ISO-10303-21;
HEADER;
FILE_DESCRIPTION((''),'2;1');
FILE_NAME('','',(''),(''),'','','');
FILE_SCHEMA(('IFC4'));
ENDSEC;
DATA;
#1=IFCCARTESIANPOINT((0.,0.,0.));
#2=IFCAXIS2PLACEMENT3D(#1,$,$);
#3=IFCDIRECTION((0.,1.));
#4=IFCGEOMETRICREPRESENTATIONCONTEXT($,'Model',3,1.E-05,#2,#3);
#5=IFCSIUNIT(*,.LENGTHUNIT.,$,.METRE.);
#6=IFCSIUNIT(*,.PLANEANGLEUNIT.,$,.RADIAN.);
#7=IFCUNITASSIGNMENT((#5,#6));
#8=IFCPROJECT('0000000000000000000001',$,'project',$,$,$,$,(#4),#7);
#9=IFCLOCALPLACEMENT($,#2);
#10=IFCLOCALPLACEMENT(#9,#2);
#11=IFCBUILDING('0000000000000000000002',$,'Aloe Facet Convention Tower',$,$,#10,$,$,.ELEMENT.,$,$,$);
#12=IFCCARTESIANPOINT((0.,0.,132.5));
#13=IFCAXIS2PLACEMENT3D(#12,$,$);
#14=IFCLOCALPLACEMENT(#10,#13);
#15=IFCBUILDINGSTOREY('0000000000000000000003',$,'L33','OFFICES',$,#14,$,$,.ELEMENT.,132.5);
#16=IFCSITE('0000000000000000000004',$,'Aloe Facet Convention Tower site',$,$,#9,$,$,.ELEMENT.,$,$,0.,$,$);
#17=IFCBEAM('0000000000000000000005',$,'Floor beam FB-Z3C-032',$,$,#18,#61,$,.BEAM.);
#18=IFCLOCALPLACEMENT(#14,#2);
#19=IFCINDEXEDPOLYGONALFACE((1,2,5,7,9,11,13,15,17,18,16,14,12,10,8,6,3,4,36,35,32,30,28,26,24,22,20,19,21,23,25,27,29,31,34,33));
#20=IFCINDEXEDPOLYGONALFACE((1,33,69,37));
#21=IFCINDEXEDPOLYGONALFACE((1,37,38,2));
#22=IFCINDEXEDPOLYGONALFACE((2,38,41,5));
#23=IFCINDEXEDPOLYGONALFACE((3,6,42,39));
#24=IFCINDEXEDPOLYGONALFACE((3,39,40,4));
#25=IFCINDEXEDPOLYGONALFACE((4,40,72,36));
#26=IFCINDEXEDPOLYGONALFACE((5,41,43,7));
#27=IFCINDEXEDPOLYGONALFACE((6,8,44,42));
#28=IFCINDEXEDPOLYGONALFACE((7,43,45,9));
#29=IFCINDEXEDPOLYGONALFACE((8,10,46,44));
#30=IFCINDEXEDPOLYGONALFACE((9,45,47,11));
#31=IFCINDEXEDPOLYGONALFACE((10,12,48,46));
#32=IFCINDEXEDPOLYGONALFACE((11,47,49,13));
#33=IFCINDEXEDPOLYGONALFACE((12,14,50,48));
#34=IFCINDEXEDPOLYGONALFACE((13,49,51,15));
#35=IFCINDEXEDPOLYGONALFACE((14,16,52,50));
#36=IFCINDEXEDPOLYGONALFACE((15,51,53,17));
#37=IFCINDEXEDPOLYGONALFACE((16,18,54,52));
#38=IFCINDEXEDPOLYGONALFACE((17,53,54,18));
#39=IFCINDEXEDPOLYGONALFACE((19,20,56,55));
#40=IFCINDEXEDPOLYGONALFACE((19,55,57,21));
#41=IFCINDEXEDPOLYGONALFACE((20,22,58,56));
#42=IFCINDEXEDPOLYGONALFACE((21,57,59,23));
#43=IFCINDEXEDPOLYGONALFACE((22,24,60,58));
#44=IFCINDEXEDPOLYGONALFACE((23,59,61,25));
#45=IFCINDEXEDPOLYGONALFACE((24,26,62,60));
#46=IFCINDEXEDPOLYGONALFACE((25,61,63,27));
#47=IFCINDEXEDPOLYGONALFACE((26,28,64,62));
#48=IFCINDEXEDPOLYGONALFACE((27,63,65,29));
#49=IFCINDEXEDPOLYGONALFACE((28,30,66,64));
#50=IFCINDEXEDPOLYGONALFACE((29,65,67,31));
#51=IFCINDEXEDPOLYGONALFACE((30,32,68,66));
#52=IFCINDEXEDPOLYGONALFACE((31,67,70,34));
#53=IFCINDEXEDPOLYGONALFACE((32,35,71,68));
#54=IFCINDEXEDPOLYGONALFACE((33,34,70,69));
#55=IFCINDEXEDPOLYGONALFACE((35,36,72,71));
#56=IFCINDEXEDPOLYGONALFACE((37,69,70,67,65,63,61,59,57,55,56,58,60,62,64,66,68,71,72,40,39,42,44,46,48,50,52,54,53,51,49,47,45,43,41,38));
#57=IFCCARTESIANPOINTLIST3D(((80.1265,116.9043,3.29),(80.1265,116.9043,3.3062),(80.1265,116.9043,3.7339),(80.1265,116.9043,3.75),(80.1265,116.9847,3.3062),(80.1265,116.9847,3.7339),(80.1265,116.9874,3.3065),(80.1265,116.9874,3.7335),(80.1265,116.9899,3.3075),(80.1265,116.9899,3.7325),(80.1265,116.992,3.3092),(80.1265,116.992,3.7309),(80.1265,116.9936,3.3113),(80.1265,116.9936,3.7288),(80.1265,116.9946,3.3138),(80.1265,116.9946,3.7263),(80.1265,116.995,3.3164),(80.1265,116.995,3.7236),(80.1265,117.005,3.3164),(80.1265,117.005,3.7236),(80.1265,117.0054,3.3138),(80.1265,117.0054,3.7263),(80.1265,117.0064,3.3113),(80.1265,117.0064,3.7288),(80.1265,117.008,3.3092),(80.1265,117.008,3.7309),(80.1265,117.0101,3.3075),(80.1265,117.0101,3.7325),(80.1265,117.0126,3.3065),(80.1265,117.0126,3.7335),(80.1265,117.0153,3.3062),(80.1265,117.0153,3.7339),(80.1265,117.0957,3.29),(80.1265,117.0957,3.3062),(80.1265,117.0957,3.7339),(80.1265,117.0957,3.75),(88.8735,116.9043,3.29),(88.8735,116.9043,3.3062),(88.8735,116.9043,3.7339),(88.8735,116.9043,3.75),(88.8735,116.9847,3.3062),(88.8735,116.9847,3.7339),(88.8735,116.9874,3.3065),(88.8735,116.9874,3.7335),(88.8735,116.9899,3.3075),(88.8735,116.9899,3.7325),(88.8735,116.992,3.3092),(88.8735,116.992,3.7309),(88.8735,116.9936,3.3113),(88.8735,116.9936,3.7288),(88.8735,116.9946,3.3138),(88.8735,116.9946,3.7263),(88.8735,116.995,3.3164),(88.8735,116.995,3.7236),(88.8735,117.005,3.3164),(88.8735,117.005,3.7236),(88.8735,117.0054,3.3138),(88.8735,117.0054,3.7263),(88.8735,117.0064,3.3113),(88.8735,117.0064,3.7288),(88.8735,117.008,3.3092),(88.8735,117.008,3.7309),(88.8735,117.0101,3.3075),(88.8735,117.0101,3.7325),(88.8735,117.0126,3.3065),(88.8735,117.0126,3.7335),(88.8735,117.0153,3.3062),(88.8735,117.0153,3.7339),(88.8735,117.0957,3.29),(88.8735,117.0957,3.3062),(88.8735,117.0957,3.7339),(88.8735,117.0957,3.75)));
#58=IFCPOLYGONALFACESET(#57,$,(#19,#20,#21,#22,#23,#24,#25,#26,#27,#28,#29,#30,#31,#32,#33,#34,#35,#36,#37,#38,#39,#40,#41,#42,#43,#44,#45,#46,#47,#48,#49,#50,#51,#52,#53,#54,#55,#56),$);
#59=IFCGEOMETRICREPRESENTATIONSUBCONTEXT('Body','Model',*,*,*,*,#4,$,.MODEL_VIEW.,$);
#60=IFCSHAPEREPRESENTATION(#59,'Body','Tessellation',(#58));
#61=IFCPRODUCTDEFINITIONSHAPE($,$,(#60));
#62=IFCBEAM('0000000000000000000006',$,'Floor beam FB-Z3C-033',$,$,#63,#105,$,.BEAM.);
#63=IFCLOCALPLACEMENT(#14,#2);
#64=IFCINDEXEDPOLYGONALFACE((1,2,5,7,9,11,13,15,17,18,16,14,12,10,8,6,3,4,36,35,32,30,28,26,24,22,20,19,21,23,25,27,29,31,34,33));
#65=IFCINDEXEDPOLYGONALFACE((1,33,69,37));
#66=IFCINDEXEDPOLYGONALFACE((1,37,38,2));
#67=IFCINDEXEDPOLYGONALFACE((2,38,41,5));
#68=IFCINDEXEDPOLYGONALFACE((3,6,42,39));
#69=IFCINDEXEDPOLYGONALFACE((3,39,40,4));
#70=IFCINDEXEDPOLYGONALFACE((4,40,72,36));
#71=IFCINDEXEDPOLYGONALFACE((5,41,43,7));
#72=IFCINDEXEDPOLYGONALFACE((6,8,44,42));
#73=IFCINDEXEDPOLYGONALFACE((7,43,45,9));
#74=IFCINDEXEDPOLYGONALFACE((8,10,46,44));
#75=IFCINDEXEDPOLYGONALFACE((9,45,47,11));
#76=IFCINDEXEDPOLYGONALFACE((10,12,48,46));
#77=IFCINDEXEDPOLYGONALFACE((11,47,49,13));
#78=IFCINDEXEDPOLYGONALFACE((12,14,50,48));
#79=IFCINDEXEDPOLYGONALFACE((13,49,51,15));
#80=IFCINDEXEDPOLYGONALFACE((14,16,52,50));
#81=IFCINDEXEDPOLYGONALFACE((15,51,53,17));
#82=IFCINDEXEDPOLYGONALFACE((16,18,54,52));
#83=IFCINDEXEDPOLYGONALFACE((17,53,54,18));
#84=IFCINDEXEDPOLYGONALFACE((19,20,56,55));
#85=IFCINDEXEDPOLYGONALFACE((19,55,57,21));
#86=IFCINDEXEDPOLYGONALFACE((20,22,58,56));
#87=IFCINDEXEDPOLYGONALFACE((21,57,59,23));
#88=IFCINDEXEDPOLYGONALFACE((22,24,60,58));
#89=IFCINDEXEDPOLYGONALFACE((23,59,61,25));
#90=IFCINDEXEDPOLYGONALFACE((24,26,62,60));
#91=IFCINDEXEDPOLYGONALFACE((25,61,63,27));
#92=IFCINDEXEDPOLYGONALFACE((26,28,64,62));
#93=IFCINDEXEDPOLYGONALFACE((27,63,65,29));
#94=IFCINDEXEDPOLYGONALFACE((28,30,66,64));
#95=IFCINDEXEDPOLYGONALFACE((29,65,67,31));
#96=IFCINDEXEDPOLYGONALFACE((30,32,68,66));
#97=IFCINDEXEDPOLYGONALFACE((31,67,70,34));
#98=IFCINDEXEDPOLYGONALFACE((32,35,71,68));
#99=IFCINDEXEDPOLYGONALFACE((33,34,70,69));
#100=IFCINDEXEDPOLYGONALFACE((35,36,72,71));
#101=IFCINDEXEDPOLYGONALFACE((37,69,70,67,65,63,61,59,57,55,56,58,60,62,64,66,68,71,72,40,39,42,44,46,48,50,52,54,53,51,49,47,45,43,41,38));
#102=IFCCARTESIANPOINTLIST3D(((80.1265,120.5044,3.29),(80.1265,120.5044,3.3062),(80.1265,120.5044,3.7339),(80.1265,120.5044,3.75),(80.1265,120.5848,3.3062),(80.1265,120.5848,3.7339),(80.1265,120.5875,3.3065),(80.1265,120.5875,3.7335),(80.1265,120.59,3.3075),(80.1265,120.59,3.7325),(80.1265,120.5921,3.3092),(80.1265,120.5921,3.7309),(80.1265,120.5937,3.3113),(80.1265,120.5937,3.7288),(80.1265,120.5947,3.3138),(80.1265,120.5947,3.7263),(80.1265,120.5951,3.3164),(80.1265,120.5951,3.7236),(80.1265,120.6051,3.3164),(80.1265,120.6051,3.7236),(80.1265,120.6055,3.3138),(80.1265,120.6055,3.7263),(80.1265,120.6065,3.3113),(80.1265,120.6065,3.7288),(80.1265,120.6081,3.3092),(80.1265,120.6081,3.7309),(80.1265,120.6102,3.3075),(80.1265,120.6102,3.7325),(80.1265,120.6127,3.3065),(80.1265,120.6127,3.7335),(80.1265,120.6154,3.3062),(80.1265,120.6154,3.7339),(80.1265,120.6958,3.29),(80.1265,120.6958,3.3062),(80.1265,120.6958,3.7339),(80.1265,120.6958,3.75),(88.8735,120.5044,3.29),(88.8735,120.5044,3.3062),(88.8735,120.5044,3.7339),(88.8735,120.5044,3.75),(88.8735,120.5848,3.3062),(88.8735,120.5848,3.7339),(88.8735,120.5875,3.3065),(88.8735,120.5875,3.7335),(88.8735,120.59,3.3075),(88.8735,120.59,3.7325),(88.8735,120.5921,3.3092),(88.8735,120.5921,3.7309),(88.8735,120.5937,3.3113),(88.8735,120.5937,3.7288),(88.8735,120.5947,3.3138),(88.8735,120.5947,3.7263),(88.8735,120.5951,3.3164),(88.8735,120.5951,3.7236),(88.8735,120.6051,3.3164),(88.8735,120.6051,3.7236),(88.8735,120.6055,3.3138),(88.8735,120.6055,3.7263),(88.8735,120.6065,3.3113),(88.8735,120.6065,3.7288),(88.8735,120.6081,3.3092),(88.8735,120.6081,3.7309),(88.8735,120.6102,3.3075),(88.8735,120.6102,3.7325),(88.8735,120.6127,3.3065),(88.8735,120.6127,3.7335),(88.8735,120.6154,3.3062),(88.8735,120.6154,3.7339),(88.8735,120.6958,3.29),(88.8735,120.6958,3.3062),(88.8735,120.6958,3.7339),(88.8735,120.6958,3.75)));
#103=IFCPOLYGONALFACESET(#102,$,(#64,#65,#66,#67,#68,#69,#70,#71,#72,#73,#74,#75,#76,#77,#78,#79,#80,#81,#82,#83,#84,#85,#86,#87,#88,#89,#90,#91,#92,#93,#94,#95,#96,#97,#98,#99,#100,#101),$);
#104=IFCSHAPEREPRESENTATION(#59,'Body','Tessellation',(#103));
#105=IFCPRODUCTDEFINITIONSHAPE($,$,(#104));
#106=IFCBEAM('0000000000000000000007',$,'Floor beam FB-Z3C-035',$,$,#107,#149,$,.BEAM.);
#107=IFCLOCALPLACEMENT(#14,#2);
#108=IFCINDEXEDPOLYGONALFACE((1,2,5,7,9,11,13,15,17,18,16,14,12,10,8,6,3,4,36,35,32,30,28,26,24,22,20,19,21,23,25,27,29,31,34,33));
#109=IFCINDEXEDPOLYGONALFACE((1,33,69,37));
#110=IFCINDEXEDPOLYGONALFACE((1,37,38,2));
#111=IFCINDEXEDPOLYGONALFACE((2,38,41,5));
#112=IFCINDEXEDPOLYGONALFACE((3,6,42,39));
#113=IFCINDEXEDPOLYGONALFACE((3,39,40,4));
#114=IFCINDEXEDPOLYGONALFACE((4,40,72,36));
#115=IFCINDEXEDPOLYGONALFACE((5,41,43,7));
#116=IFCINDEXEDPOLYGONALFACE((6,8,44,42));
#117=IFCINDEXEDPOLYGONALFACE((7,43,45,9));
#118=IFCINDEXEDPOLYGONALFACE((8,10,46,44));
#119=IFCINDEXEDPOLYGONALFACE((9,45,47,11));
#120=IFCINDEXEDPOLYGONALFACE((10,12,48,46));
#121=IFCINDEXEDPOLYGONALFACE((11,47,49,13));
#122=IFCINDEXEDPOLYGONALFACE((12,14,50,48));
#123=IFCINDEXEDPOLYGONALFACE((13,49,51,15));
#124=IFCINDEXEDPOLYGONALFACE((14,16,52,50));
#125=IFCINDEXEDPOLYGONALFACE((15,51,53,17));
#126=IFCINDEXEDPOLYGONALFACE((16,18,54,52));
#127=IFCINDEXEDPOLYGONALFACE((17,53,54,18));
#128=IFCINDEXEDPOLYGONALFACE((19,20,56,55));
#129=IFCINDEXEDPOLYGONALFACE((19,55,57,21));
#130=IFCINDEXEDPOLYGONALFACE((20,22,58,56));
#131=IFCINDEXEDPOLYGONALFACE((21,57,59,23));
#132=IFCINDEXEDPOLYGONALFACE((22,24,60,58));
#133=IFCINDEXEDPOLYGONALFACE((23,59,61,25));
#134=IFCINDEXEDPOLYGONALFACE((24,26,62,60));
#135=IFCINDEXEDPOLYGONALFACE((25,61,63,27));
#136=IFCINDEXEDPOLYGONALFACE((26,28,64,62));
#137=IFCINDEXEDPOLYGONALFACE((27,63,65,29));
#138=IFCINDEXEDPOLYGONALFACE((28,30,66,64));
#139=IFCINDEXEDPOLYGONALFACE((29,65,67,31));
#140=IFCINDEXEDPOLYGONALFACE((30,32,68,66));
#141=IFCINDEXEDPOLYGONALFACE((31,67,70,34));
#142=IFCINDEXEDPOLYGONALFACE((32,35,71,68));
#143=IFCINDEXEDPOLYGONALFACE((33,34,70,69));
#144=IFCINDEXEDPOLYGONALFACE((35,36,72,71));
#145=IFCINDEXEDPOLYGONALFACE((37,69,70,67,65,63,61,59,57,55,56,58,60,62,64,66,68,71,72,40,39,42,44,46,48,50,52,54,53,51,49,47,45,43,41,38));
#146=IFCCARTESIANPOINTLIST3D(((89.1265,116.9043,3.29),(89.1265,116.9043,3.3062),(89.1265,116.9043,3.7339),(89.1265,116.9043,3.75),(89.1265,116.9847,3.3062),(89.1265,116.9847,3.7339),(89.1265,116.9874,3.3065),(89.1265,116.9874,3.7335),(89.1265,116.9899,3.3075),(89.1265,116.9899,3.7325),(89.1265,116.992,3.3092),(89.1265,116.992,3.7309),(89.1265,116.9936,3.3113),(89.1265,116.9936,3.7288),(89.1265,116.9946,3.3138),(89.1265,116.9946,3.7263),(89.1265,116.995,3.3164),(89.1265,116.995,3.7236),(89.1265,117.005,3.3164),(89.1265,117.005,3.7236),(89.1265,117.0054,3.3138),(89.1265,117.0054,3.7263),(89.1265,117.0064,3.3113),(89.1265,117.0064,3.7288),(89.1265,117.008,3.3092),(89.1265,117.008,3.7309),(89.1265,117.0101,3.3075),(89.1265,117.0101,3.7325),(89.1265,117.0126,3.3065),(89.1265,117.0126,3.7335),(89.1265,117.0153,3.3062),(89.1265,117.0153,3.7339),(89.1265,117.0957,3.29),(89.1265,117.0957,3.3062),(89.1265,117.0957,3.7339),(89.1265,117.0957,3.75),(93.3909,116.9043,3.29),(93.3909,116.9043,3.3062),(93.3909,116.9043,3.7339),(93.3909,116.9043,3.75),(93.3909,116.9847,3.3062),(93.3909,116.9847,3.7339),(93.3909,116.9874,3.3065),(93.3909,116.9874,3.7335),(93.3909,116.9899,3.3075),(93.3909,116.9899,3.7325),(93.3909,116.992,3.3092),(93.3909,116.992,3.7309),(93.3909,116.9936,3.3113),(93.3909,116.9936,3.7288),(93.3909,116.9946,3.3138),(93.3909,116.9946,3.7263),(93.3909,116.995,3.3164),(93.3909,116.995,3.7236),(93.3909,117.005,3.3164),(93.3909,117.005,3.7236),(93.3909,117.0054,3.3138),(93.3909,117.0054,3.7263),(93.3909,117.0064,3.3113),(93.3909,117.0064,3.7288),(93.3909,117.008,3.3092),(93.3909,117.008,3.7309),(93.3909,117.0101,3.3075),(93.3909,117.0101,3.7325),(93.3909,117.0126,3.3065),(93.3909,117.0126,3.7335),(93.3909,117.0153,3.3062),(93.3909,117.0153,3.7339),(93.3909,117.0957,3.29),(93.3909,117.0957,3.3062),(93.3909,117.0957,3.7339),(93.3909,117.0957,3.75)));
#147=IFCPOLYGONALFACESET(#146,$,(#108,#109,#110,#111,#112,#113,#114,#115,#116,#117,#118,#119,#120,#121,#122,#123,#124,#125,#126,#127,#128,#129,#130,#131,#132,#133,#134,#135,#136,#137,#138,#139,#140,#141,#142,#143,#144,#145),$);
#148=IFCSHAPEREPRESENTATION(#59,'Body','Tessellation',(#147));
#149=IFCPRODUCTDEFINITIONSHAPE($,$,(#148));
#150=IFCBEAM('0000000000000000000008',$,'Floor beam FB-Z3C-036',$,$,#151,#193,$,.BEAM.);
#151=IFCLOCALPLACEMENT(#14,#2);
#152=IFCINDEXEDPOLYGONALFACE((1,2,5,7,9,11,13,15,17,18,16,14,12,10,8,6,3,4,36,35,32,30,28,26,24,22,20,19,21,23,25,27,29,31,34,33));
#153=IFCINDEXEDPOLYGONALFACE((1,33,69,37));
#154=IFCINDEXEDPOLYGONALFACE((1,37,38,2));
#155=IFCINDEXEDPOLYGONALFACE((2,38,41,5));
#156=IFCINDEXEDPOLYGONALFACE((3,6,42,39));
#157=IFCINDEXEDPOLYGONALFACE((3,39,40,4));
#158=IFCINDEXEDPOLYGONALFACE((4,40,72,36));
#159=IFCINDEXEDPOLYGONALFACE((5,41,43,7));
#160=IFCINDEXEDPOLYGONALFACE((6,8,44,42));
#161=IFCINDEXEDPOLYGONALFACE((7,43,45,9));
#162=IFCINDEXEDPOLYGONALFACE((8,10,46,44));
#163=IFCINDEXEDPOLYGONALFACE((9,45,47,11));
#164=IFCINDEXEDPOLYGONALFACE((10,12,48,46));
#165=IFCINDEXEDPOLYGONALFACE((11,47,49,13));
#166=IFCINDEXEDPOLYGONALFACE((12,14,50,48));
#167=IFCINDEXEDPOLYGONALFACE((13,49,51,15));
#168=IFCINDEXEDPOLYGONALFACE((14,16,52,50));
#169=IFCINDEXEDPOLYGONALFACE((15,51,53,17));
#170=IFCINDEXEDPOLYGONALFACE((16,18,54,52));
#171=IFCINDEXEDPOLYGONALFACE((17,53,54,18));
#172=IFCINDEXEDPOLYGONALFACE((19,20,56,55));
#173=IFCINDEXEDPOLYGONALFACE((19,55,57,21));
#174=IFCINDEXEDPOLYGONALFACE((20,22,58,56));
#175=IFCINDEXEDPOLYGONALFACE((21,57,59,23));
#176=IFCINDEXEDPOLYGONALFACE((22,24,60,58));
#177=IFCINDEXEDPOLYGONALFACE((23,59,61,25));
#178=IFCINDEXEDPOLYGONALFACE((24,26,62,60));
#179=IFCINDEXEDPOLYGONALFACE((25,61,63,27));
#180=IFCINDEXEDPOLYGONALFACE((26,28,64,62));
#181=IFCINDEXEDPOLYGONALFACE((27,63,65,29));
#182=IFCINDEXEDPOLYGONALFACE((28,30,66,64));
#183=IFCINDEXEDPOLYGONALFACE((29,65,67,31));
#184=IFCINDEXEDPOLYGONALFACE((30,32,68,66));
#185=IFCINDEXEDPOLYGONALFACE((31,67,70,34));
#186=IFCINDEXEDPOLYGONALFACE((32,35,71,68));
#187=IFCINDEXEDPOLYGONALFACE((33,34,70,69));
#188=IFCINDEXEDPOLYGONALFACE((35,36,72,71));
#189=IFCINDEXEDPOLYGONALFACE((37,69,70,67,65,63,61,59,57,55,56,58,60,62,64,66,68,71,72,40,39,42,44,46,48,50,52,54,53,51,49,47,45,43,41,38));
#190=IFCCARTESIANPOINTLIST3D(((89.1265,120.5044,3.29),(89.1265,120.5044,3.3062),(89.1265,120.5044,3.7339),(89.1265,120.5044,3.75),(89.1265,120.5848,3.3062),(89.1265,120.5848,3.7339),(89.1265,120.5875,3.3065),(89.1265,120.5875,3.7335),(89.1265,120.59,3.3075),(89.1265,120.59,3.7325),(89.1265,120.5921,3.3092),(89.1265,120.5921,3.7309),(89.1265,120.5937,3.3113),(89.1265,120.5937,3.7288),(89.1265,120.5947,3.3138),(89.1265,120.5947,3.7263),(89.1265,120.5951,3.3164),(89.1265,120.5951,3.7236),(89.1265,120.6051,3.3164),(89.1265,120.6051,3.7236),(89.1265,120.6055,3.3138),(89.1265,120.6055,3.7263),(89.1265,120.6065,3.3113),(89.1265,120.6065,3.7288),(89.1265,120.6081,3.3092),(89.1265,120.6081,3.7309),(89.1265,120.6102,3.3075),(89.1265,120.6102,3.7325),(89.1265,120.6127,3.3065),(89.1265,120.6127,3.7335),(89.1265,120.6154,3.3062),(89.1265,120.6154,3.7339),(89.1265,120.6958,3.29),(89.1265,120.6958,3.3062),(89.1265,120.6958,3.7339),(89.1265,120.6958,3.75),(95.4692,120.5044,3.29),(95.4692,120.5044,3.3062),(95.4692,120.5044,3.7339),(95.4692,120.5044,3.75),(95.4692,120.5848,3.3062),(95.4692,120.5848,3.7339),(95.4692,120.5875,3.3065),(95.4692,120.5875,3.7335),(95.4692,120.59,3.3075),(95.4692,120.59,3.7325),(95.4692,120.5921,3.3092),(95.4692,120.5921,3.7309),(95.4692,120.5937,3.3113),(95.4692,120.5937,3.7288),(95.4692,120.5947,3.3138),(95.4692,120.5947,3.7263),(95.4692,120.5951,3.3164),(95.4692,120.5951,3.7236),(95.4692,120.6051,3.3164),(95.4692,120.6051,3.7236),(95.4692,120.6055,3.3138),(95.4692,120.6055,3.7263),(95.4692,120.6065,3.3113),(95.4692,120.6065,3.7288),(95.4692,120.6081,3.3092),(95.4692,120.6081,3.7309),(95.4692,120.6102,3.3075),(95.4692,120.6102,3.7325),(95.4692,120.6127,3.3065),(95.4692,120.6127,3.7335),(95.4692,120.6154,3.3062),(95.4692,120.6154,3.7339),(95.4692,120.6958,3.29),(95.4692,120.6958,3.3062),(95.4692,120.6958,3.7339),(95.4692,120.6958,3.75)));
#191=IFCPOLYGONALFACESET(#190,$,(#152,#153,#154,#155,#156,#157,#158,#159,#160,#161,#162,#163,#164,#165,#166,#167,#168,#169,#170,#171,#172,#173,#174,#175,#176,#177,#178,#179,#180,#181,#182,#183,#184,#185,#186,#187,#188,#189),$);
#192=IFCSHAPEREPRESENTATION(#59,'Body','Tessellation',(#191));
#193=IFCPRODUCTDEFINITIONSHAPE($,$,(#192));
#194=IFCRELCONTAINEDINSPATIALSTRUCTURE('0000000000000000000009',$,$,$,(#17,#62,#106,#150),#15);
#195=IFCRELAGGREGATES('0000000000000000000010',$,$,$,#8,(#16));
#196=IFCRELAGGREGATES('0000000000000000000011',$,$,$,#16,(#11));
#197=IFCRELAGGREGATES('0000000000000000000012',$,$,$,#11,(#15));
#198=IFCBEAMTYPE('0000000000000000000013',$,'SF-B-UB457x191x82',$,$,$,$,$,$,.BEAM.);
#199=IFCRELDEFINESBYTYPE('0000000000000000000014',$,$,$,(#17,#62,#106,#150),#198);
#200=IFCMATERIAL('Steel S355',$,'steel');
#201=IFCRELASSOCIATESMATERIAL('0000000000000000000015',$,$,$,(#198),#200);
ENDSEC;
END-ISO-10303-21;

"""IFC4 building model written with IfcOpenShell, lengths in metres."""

from ifc_helpers import new_model, si_unit, direction, frame, origin, origin_2d, place, context, subcontext, project, spatial, i_section, extrude, material, material_profile, profile_set, type_object, element, save


model = new_model("IFC4")

# Units and contexts
model_context = context("Model", 3, precision=1e-05, world=origin(), true_north=direction((0.0, 1.0)))
body_context = subcontext(model_context, "Body", "Model", "MODEL_VIEW")
ifc_project = project(units=[si_unit("LENGTHUNIT", "METRE"), si_unit("PLANEANGLEUNIT", "RADIAN")], contexts=[model_context])

# Site, building, storey
site_placement = place(None, origin())
site = spatial("IfcSite", under=ifc_project, at=site_placement, Name="Aloe Facet Convention Tower site", CompositionType="ELEMENT", RefElevation=0.0)
building_placement = place(site_placement, origin())
building = spatial("IfcBuilding", under=site, at=building_placement, Name="Aloe Facet Convention Tower", CompositionType="ELEMENT")
storey_placement = place(building_placement, frame((0.0, 0.0, 132.5)))
storey = spatial("IfcBuildingStorey", under=building, at=storey_placement, Name="L33", Description="OFFICES", CompositionType="ELEMENT", Elevation=132.5)

# Beams
ifc_material_1 = material(Name="Steel S355", Category="steel")
ifc_material_profile_1 = material_profile(ifc_material_1, i_section(OverallWidth=0.1914, OverallDepth=0.46, WebThickness=0.01, FlangeThickness=0.0161, FilletRadius=0.0103, at=origin_2d()), Name="UB 457x191x82")
ifc_profile_set_1 = profile_set([ifc_material_profile_1], Name="Steel S355")
beam_type_1 = type_object("IfcBeamType", Name="SF-B-UB457x191x82", PredefinedType="BEAM", material=ifc_profile_set_1)
for number, where, z_axis, x_axis, name in (
    (1, (80.1265, 117.0, 3.52), (1.0, 0.0, 0.0), (0.0, 1.0, 0.0), "Floor beam FB-Z3C-032"),
    (2, (80.1265, 120.6001, 3.52), (1.0, 0.0, 0.0), (0.0, 1.0, 0.0), "Floor beam FB-Z3C-033"),
):
    element("IfcBeam", number, at=place(storey_placement, frame(where, z_axis=z_axis, x_axis=x_axis)), inside=storey, type_object=beam_type_1, Name=name, PredefinedType="BEAM", context=body_context, shape_type="SweptSolid", body=[
        extrude(i_section(OverallWidth=0.1914, OverallDepth=0.46, WebThickness=0.01, FlangeThickness=0.0161, FilletRadius=0.0103, at=origin_2d()), origin(), (0.0, 0.0, 1.0), 8.7471),
    ])
beam_1_placement = place(storey_placement, frame((89.1265, 117.0, 3.52), z_axis=(1.0, 0.0, 0.0), x_axis=(0.0, 1.0, 0.0)))
element("IfcBeam", 3, at=beam_1_placement, inside=storey, type_object=beam_type_1, Name="Floor beam FB-Z3C-035", PredefinedType="BEAM", context=body_context, shape_type="SweptSolid", body=[
    extrude(i_section(OverallWidth=0.1914, OverallDepth=0.46, WebThickness=0.01, FlangeThickness=0.0161, FilletRadius=0.0103, at=origin_2d()), origin(), (0.0, 0.0, 1.0), 4.2644),
])
beam_2_placement = place(storey_placement, frame((89.1265, 120.6001, 3.52), z_axis=(1.0, 0.0, 0.0), x_axis=(0.0, 1.0, 0.0)))
element("IfcBeam", 4, at=beam_2_placement, inside=storey, type_object=beam_type_1, Name="Floor beam FB-Z3C-036", PredefinedType="BEAM", context=body_context, shape_type="SweptSolid", body=[
    extrude(i_section(OverallWidth=0.1914, OverallDepth=0.46, WebThickness=0.01, FlangeThickness=0.0161, FilletRadius=0.0103, at=origin_2d()), origin(), (0.0, 0.0, 1.0), 6.3428),
])

save(model, "model.ifc")
